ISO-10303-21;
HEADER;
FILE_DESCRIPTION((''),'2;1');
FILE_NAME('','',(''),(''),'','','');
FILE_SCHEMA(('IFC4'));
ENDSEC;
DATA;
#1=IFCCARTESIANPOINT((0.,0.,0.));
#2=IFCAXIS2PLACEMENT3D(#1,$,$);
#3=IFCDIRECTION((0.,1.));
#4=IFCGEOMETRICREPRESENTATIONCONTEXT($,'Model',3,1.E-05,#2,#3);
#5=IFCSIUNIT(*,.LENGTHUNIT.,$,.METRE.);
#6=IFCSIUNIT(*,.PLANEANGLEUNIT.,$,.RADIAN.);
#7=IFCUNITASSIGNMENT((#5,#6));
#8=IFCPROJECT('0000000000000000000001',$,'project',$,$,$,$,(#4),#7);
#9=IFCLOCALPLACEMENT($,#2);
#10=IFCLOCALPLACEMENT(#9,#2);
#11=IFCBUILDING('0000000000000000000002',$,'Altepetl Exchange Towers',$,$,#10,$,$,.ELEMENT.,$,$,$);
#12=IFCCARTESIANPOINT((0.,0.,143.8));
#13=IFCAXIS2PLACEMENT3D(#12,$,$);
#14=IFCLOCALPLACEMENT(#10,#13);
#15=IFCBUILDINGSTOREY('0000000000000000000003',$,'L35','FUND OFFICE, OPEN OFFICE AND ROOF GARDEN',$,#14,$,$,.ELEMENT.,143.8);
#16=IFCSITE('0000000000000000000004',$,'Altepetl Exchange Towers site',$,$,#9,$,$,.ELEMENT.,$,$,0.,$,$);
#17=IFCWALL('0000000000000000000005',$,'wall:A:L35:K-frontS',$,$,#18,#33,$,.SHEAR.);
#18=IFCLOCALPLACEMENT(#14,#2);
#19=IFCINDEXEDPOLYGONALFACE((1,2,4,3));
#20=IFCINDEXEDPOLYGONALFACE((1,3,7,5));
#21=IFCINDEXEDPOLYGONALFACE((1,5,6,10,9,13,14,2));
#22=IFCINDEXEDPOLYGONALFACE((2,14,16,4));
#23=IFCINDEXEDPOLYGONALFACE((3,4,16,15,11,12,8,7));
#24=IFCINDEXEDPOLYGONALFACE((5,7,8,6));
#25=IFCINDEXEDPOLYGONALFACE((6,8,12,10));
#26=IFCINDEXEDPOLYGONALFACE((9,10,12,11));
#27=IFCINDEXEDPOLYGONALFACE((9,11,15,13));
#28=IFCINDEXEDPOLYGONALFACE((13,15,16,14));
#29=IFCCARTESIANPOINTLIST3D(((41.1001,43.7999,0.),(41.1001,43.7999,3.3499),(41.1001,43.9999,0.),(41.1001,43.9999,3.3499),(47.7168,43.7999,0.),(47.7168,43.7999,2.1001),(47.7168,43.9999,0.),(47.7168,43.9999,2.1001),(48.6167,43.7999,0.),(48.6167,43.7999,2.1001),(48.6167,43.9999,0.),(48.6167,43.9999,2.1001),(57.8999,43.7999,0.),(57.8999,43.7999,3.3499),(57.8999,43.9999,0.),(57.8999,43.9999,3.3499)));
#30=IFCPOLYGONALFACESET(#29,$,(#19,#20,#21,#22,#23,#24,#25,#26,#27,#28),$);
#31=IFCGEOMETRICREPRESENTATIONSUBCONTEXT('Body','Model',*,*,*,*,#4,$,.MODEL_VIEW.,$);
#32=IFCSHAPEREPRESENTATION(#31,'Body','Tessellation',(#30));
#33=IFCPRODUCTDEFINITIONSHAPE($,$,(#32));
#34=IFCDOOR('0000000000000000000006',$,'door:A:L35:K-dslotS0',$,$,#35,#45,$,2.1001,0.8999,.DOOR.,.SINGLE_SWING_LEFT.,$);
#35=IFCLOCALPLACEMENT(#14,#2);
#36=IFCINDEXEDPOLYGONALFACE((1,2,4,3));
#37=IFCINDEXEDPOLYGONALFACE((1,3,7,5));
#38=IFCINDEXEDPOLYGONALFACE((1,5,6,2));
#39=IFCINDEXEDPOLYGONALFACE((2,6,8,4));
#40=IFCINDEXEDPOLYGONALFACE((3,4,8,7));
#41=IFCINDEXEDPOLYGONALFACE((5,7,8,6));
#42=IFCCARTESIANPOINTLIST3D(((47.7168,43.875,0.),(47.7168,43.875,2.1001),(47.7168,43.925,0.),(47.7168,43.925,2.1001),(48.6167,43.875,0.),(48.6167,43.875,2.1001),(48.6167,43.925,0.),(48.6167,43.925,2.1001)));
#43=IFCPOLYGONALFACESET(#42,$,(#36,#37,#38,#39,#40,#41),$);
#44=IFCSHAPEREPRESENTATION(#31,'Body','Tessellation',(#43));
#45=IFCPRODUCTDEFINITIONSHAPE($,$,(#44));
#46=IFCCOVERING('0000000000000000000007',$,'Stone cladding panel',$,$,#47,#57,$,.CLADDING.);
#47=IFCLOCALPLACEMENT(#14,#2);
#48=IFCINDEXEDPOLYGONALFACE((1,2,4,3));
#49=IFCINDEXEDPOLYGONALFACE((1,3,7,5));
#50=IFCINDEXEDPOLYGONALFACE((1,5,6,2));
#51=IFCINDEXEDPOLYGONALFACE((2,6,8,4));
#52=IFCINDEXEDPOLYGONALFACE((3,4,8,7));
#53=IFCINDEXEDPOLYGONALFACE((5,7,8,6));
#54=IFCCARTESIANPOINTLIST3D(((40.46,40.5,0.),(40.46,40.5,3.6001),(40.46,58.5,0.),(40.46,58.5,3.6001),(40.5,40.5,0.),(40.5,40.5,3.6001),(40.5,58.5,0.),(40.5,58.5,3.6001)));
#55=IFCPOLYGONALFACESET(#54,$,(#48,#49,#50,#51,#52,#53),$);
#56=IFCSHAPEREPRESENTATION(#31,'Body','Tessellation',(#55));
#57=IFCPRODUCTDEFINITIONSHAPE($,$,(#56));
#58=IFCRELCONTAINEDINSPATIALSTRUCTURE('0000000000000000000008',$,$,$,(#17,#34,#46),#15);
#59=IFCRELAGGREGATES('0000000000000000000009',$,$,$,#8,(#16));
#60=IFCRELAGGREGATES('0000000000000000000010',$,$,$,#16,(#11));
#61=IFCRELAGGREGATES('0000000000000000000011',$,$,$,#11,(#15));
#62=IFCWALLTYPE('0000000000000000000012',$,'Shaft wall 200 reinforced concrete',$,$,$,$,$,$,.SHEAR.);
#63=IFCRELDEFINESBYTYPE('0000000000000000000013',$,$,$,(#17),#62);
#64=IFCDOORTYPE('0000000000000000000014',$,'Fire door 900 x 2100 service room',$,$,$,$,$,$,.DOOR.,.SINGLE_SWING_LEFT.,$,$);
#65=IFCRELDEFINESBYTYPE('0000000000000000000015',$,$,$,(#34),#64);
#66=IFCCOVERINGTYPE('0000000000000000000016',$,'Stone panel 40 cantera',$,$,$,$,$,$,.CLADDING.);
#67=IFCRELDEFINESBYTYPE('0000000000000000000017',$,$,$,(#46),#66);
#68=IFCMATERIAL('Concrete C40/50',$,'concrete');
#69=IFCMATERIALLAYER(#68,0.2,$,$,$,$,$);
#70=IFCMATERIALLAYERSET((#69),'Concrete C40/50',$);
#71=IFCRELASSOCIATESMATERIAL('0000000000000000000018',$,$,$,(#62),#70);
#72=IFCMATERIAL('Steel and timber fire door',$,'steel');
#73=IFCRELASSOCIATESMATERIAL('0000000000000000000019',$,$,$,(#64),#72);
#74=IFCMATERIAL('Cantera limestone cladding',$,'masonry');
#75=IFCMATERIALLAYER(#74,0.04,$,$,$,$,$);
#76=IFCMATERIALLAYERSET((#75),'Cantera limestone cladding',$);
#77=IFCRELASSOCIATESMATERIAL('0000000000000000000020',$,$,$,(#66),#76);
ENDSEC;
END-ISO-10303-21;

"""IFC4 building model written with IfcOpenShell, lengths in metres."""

from ifc_helpers import new_model, si_unit, direction, frame, frame_2d, origin, origin_2d, place, context, subcontext, project, spatial, rectangle, extrude, material, layer, layer_set, type_object, element, fill, save


model = new_model("IFC4")

# Units and contexts
model_context = context("Model", 3, precision=1e-05, world=origin(), true_north=direction((0.0, 1.0)))
body_context = subcontext(model_context, "Body", "Model", "MODEL_VIEW")
ifc_project = project(units=[si_unit("LENGTHUNIT", "METRE"), si_unit("PLANEANGLEUNIT", "RADIAN")], contexts=[model_context])

# Site, building, storey
site_placement = place(None, origin())
site = spatial("IfcSite", under=ifc_project, at=site_placement, Name="Altepetl Exchange Towers site", CompositionType="ELEMENT", RefElevation=0.0)
building_placement = place(site_placement, origin())
building = spatial("IfcBuilding", under=site, at=building_placement, Name="Altepetl Exchange Towers", CompositionType="ELEMENT")
storey_placement = place(building_placement, frame((0.0, 0.0, 143.8)))
storey = spatial("IfcBuildingStorey", under=building, at=storey_placement, Name="L35", Description="FUND OFFICE, OPEN OFFICE AND ROOF GARDEN", CompositionType="ELEMENT", Elevation=143.8)

# Wall, opening, door
ifc_material_1 = material(Name="Concrete C40/50", Category="concrete")
ifc_layer_1 = layer(ifc_material_1, 0.2)
ifc_layer_set_1 = layer_set([ifc_layer_1], Name="Concrete C40/50")
wall_type_1 = type_object("IfcWallType", Name="Shaft wall 200 reinforced concrete", PredefinedType="SHEAR", material=ifc_layer_set_1)
wall_1_placement = place(storey_placement, frame((41.1001, 43.8999, 0.0)))
wall_1 = element("IfcWall", 1, at=wall_1_placement, inside=storey, type_object=wall_type_1, Name="wall:A:L35:K-frontS", PredefinedType="SHEAR", context=body_context, shape_type="SweptSolid", body=[
    extrude(rectangle(XDim=16.7998, YDim=0.2, at=frame_2d((8.3999, 0.0))), origin(), (0.0, 0.0, 1.0), 3.3499),
])
opening_placement = place(wall_1_placement, frame((6.6167, 0.0, 0.0)))
opening = element("IfcOpeningElement", 2, at=opening_placement, cuts=wall_1, PredefinedType="OPENING", context=body_context, shape_type="SweptSolid", body=[
    extrude(rectangle(XDim=0.8999, YDim=2.1001, at=frame_2d((0.45, 1.05))), frame((0.0, 0.1099, 0.0), z_axis=(0.0, -1.0, 0.0), x_axis=(1.0, 0.0, 0.0)), (0.0, 0.0, 1.0), 0.22),
])
ifc_material_2 = material(Name="Steel and timber fire door", Category="steel")
door_type = type_object("IfcDoorType", Name="Fire door 900 x 2100 service room", OperationType="SINGLE_SWING_LEFT", PredefinedType="DOOR", material=ifc_material_2)
door_placement = place(opening_placement, frame((0.8999, 0.0, 0.0), x_axis=(-1.0, 0.0, 0.0)))
door = element("IfcDoor", 3, at=door_placement, inside=storey, type_object=door_type, Name="door:A:L35:K-dslotS0", OperationType="SINGLE_SWING_LEFT", OverallHeight=2.1001, OverallWidth=0.8999, PredefinedType="DOOR", context=body_context, shape_type="SweptSolid", body=[
    extrude(rectangle(XDim=0.8999, YDim=2.1001, at=frame_2d((0.45, 1.05))), frame((0.0, 0.0249, 0.0), z_axis=(0.0, -1.0, 0.0), x_axis=(1.0, 0.0, 0.0)), (0.0, 0.0, 1.0), 0.05),
])
fill(opening, door)

# Covering
ifc_material_3 = material(Name="Cantera limestone cladding", Category="masonry")
ifc_layer_2 = layer(ifc_material_3, 0.04)
ifc_layer_set_2 = layer_set([ifc_layer_2], Name="Cantera limestone cladding")
covering_type = type_object("IfcCoveringType", Name="Stone panel 40 cantera", PredefinedType="CLADDING", material=ifc_layer_set_2)
covering_placement = place(storey_placement, frame((40.48, 49.5, 0.0), z_axis=(0.0, 0.0, 1.0), x_axis=(0.0, -1.0, 0.0)))
element("IfcCovering", 4, at=covering_placement, inside=storey, type_object=covering_type, Name="Stone cladding panel", PredefinedType="CLADDING", context=body_context, shape_type="SweptSolid", body=[
    extrude(rectangle(XDim=18.0, YDim=0.04, at=origin_2d()), origin(), (0.0, 0.0, 1.0), 3.6001),
])

save(model, "model.ifc")
